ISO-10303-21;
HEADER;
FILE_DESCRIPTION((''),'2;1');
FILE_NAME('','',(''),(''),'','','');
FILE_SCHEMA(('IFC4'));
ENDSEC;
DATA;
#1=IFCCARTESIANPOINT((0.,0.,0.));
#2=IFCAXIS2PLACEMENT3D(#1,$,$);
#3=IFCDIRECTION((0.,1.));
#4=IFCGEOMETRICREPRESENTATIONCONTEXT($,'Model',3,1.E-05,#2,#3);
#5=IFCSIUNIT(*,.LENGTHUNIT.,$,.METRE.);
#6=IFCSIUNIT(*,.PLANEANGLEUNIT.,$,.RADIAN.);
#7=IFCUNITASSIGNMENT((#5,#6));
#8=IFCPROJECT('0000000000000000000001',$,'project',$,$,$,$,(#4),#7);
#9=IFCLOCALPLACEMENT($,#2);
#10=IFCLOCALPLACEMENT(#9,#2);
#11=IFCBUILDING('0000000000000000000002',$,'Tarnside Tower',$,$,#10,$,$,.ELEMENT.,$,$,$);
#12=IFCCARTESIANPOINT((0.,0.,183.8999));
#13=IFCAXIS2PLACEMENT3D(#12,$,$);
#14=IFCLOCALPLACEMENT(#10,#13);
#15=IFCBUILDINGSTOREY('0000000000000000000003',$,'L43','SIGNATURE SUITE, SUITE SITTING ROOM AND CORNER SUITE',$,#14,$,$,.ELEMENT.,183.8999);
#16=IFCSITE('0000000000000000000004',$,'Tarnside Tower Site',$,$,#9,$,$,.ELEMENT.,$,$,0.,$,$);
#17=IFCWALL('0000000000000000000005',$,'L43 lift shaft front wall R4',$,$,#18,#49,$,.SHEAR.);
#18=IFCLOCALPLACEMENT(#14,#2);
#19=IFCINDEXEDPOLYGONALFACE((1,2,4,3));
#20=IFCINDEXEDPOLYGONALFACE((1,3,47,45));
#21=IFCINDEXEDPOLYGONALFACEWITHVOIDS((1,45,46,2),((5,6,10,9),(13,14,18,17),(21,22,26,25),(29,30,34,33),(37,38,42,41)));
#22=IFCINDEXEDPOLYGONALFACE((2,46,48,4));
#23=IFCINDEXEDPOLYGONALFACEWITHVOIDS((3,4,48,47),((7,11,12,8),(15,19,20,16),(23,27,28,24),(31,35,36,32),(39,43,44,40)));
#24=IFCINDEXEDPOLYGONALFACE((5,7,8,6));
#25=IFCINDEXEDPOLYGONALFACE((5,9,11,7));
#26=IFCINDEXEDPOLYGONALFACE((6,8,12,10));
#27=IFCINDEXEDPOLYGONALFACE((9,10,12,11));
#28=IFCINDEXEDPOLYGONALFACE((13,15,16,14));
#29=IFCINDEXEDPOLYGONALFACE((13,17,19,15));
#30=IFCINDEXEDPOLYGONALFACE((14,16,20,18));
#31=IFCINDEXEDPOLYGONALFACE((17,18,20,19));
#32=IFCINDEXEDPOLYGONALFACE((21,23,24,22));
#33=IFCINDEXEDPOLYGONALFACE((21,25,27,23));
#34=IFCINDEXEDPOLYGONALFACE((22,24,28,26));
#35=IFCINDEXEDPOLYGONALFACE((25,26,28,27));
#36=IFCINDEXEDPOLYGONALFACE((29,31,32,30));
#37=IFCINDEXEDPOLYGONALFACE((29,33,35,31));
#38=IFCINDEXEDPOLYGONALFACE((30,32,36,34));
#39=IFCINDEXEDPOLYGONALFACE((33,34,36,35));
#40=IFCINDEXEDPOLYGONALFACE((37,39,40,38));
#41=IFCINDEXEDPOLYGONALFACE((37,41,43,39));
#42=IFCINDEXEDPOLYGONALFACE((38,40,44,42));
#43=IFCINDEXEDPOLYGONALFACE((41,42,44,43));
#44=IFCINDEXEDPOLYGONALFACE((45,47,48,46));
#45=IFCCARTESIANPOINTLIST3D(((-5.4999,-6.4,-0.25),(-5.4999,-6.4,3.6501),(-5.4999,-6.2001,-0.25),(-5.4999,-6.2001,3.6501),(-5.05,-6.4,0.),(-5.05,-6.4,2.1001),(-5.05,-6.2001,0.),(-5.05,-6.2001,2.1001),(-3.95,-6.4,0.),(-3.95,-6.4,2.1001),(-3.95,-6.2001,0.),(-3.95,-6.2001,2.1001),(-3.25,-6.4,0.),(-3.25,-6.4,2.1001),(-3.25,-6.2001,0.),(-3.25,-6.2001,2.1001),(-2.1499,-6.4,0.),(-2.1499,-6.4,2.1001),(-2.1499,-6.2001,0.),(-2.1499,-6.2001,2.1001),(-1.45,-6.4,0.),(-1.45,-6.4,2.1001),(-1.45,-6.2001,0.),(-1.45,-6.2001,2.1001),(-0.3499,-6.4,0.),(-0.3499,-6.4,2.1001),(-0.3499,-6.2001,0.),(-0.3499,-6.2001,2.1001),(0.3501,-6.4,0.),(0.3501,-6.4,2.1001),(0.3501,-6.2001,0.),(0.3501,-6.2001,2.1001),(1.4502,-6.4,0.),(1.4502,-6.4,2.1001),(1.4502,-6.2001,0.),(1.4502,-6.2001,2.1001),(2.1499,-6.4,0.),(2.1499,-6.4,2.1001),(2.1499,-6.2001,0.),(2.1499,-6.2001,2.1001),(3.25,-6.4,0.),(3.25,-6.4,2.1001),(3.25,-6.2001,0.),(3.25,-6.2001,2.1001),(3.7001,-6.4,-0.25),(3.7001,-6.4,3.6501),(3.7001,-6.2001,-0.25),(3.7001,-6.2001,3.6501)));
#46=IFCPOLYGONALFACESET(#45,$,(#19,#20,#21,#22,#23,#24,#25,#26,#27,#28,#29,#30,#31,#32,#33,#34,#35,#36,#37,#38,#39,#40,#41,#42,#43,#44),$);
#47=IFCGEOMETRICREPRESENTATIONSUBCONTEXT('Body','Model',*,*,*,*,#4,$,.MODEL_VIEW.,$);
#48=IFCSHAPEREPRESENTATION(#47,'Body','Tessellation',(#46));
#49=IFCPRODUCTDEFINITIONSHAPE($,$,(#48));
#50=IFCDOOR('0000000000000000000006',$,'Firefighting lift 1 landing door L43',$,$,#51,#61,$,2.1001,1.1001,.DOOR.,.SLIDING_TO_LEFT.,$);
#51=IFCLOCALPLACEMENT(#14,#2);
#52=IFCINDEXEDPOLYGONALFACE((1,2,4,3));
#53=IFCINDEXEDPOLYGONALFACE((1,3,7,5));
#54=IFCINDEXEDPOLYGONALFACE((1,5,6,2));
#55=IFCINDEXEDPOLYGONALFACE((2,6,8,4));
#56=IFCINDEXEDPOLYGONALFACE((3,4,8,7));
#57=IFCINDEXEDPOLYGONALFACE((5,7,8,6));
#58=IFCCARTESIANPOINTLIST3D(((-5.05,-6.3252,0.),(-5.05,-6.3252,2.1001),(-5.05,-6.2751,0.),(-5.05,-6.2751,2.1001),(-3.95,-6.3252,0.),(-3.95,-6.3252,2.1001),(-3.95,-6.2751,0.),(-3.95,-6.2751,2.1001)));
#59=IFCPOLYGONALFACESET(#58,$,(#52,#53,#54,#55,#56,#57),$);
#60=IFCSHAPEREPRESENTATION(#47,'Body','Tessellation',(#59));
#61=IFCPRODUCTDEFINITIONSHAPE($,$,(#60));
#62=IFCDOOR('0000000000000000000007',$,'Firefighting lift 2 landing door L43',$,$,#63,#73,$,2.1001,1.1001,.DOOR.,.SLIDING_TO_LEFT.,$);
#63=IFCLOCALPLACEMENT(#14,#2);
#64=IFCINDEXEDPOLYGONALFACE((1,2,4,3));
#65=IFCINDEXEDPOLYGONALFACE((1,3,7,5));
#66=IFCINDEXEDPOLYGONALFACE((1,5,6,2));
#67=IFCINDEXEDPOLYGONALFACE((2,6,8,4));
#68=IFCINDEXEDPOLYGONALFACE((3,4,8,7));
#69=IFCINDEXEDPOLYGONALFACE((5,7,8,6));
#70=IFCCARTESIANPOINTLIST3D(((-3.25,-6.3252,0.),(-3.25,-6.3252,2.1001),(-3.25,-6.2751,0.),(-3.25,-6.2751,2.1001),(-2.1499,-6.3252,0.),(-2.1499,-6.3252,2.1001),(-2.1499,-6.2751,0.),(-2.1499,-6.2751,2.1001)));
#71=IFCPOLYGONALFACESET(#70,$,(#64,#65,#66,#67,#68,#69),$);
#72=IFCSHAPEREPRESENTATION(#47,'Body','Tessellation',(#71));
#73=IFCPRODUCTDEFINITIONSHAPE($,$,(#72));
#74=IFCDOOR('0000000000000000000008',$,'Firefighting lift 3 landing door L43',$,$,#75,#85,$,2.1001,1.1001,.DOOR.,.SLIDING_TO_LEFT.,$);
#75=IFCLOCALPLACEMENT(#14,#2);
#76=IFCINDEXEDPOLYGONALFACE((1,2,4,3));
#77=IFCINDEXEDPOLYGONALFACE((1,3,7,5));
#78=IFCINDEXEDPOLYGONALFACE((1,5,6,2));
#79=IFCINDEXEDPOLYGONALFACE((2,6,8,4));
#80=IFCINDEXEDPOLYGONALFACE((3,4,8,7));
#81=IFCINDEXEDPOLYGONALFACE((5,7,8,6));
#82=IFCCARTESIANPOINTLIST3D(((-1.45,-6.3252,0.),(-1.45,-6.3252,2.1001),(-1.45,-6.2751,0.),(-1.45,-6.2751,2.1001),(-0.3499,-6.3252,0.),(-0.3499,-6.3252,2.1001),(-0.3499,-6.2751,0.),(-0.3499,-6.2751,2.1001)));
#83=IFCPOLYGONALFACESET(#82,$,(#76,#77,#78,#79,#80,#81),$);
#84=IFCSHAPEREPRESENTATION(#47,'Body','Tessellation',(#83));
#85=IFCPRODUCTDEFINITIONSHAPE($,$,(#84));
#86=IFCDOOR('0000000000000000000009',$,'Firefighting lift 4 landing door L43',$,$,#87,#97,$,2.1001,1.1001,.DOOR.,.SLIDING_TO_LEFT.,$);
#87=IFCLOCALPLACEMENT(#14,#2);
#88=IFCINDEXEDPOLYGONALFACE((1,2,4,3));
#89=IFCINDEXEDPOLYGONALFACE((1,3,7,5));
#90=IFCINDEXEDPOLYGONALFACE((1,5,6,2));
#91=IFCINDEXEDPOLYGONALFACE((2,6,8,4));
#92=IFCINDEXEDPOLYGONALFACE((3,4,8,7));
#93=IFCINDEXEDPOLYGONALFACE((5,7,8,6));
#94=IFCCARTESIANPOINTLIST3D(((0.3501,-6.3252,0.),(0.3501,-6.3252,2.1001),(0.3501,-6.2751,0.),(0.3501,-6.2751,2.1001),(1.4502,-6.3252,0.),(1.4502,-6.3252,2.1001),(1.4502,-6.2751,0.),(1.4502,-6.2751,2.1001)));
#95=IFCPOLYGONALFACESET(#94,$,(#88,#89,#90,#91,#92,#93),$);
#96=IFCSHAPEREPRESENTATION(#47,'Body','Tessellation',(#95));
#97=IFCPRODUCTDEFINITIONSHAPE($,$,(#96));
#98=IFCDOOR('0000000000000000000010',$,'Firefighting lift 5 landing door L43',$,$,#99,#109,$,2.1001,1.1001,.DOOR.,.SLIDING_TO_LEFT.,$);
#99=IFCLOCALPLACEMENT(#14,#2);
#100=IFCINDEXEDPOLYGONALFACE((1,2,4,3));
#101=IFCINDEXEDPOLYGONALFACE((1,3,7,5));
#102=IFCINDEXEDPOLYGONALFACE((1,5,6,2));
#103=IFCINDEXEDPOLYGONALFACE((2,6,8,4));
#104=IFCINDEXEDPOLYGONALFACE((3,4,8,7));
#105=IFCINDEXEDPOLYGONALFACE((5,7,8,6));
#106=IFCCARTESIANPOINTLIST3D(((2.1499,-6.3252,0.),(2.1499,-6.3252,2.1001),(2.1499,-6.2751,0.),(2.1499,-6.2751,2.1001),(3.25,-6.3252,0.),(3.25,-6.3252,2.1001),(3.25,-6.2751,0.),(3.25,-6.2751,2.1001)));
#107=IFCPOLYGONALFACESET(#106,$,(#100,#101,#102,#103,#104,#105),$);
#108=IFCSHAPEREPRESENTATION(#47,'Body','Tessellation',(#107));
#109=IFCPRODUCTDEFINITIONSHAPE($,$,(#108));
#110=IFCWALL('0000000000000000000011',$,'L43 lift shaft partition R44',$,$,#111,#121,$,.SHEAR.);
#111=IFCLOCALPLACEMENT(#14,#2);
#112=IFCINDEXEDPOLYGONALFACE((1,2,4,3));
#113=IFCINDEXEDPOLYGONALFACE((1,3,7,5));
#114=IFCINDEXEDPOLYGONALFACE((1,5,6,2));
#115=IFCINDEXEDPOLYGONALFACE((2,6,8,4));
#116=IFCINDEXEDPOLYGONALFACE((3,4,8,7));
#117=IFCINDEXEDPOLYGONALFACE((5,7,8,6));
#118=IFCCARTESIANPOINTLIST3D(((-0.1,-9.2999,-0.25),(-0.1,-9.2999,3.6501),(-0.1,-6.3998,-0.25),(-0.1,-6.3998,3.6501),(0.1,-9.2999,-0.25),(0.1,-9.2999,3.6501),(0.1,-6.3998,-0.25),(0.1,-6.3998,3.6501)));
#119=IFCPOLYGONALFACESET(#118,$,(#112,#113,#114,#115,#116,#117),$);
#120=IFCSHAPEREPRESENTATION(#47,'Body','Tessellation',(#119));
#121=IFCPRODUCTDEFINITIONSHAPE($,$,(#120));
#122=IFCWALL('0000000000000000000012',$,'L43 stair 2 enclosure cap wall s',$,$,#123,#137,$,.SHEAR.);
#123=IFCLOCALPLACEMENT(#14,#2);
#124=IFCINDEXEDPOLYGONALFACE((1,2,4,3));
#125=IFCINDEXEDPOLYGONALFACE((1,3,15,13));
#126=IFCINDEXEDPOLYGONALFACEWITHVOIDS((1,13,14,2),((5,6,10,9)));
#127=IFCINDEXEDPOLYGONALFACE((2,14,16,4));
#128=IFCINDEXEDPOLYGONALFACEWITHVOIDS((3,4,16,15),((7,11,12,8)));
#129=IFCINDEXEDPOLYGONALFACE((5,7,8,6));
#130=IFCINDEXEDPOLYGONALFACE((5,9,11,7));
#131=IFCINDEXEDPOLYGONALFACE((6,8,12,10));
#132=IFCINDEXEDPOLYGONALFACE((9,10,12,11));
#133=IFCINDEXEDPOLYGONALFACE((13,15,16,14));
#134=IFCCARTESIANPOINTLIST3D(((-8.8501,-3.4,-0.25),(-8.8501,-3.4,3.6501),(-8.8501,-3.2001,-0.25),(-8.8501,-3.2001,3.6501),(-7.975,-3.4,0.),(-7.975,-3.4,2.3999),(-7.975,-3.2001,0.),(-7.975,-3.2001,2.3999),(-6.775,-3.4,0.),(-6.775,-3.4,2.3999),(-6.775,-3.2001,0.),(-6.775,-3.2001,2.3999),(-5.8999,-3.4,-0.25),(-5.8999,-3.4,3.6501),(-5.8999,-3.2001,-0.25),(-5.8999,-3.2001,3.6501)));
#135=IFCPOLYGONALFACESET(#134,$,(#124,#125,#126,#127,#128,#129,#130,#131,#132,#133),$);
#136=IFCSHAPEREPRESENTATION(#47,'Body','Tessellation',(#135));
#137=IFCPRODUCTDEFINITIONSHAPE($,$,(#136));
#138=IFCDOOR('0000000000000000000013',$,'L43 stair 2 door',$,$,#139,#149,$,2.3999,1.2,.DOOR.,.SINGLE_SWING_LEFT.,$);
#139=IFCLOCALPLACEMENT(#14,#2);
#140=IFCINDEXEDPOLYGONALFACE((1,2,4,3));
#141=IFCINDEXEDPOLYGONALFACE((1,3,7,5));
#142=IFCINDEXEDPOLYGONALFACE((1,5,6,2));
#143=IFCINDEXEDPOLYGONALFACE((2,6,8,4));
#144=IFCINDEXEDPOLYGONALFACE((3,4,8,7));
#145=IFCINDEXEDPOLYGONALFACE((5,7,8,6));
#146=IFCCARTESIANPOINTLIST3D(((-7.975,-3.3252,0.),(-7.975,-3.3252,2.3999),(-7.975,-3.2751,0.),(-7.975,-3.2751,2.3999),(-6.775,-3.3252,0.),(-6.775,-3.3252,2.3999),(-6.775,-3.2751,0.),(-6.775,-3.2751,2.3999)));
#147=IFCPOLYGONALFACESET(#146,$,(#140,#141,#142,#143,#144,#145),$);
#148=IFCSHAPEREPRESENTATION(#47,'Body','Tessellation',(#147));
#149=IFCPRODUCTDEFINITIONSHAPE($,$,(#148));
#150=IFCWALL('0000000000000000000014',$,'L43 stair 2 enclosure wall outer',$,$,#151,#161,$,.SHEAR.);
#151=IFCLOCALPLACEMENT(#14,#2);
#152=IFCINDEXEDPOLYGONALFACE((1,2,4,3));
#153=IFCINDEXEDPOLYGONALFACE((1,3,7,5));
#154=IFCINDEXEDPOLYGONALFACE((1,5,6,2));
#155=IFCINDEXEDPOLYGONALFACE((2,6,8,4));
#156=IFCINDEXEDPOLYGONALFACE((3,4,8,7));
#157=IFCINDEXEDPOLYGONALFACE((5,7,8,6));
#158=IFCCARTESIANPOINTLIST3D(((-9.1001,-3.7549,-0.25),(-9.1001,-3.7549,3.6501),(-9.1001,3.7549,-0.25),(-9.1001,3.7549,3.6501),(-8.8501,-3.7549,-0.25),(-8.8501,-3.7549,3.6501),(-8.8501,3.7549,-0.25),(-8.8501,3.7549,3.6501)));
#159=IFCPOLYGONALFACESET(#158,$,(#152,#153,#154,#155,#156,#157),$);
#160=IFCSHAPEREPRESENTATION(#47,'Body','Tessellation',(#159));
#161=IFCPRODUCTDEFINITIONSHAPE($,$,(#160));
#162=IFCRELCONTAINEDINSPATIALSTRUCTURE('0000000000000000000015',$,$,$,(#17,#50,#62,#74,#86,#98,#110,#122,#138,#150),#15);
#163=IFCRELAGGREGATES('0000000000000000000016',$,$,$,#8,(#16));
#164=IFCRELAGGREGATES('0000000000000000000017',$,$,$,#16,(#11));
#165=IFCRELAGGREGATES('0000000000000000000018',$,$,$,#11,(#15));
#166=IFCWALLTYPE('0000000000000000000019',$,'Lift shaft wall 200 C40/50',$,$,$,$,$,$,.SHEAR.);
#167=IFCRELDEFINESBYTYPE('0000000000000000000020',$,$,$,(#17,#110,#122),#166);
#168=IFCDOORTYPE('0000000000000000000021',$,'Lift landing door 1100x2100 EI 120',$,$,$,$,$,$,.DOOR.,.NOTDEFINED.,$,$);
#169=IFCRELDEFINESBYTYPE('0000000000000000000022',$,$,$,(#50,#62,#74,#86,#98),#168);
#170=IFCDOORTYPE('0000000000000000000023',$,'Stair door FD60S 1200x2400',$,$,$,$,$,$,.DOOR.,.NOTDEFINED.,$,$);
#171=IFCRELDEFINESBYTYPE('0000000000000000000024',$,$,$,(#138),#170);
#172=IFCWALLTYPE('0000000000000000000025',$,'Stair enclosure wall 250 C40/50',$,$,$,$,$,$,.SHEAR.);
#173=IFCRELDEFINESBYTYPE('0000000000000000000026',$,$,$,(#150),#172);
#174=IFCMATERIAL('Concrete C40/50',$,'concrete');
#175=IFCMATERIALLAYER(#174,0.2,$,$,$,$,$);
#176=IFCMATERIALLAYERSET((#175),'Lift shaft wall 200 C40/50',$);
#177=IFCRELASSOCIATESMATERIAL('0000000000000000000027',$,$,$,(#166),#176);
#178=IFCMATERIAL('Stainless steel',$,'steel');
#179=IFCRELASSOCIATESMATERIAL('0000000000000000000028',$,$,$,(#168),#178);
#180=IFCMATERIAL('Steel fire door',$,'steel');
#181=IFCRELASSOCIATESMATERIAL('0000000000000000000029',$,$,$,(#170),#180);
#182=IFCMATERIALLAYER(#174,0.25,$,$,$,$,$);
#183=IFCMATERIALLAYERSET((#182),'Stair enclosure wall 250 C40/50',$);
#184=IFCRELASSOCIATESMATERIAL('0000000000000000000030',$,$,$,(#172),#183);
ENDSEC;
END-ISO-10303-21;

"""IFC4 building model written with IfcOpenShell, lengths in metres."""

from ifc_helpers import new_model, si_unit, direction, frame, frame_2d, origin, place, context, subcontext, project, spatial, rectangle, extrude, material, layer, layer_set, type_object, element, fill, save


model = new_model("IFC4")

# Units and contexts
model_context = context("Model", 3, precision=1e-05, world=origin(), true_north=direction((0.0, 1.0)))
body_context = subcontext(model_context, "Body", "Model", "MODEL_VIEW")
ifc_project = project(units=[si_unit("LENGTHUNIT", "METRE"), si_unit("PLANEANGLEUNIT", "RADIAN")], contexts=[model_context])

# Site, building, storey
site_placement = place(None, origin())
site = spatial("IfcSite", under=ifc_project, at=site_placement, Name="Tarnside Tower Site", CompositionType="ELEMENT", RefElevation=0.0)
building_placement = place(site_placement, origin())
building = spatial("IfcBuilding", under=site, at=building_placement, Name="Tarnside Tower", CompositionType="ELEMENT")
storey_placement = place(building_placement, frame((0.0, 0.0, 183.8999)))
storey = spatial("IfcBuildingStorey", under=building, at=storey_placement, Name="L43", Description="SIGNATURE SUITE, SUITE SITTING ROOM AND CORNER SUITE", CompositionType="ELEMENT", Elevation=183.8999)

# Shared definitions
ifc_material_1 = material(Name="Concrete C40/50", Category="concrete")
ifc_material_2 = material(Name="Steel fire door", Category="steel")

# Wall, openings, doors
ifc_layer_1 = layer(ifc_material_1, 0.2)
ifc_layer_set_1 = layer_set([ifc_layer_1], Name="Lift shaft wall 200 C40/50")
wall_type_1 = type_object("IfcWallType", Name="Lift shaft wall 200 C40/50", PredefinedType="SHEAR", material=ifc_layer_set_1)
wall_1_placement = place(storey_placement, frame((-5.5, -6.3, -0.25), z_axis=(0.0, 0.0, 1.0), x_axis=(1.0, 0.0, 0.0)))
wall_1 = element("IfcWall", 1, at=wall_1_placement, inside=storey, type_object=wall_type_1, Name="L43 lift shaft front wall R4", PredefinedType="SHEAR", context=body_context, shape_type="SweptSolid", body=[
    extrude(rectangle(XDim=9.2, YDim=0.2, at=frame_2d((4.6001, 0.0))), origin(), (0.0, 0.0, 1.0), 3.9001),
])
opening_1_placement = place(wall_1_placement, frame((0.45, 0.0, 0.25)))
opening_1 = element("IfcOpeningElement", 2, at=opening_1_placement, cuts=wall_1, PredefinedType="OPENING", context=body_context, shape_type="SweptSolid", body=[
    extrude(rectangle(XDim=1.1001, YDim=2.1001, at=frame_2d((0.55, 1.05))), frame((0.0, 0.1099, 0.0), z_axis=(0.0, -1.0, 0.0), x_axis=(1.0, 0.0, 0.0)), (0.0, 0.0, 1.0), 0.22),
])
opening_2_placement = place(wall_1_placement, frame((2.25, 0.0, 0.25)))
opening_2 = element("IfcOpeningElement", 3, at=opening_2_placement, cuts=wall_1, PredefinedType="OPENING", context=body_context, shape_type="SweptSolid", body=[
    extrude(rectangle(XDim=1.1001, YDim=2.1001, at=frame_2d((0.55, 1.05))), frame((0.0, 0.1099, 0.0), z_axis=(0.0, -1.0, 0.0), x_axis=(1.0, 0.0, 0.0)), (0.0, 0.0, 1.0), 0.22),
])
opening_3_placement = place(wall_1_placement, frame((4.05, 0.0, 0.25)))
opening_3 = element("IfcOpeningElement", 4, at=opening_3_placement, cuts=wall_1, PredefinedType="OPENING", context=body_context, shape_type="SweptSolid", body=[
    extrude(rectangle(XDim=1.1001, YDim=2.1001, at=frame_2d((0.55, 1.05))), frame((0.0, 0.1099, 0.0), z_axis=(0.0, -1.0, 0.0), x_axis=(1.0, 0.0, 0.0)), (0.0, 0.0, 1.0), 0.22),
])
opening_4_placement = place(wall_1_placement, frame((5.8501, 0.0, 0.25)))
opening_4 = element("IfcOpeningElement", 5, at=opening_4_placement, cuts=wall_1, PredefinedType="OPENING", context=body_context, shape_type="SweptSolid", body=[
    extrude(rectangle(XDim=1.1001, YDim=2.1001, at=frame_2d((0.55, 1.05))), frame((0.0, 0.1099, 0.0), z_axis=(0.0, -1.0, 0.0), x_axis=(1.0, 0.0, 0.0)), (0.0, 0.0, 1.0), 0.22),
])
opening_5_placement = place(wall_1_placement, frame((7.6499, 0.0, 0.25)))
opening_5 = element("IfcOpeningElement", 6, at=opening_5_placement, cuts=wall_1, PredefinedType="OPENING", context=body_context, shape_type="SweptSolid", body=[
    extrude(rectangle(XDim=1.1001, YDim=2.1001, at=frame_2d((0.55, 1.05))), frame((0.0, 0.1099, 0.0), z_axis=(0.0, -1.0, 0.0), x_axis=(1.0, 0.0, 0.0)), (0.0, 0.0, 1.0), 0.22),
])
ifc_material_3 = material(Name="Stainless steel", Category="steel")
door_type_1 = type_object("IfcDoorType", Name="Lift landing door 1100x2100 EI 120", OperationType="NOTDEFINED", PredefinedType="DOOR", material=ifc_material_3)
door_1_placement = place(opening_1_placement, origin())
door_1 = element("IfcDoor", 7, at=door_1_placement, inside=storey, type_object=door_type_1, Name="Firefighting lift 1 landing door L43", OperationType="SLIDING_TO_LEFT", OverallHeight=2.1001, OverallWidth=1.1001, PredefinedType="DOOR", context=body_context, shape_type="SweptSolid", body=[
    extrude(rectangle(XDim=1.1001, YDim=2.1001, at=frame_2d((0.55, 1.05))), frame((0.0, 0.0249, 0.0), z_axis=(0.0, -1.0, 0.0), x_axis=(1.0, 0.0, 0.0)), (0.0, 0.0, 1.0), 0.05),
])
fill(opening_1, door_1)
door_2_placement = place(opening_2_placement, origin())
door_2 = element("IfcDoor", 8, at=door_2_placement, inside=storey, type_object=door_type_1, Name="Firefighting lift 2 landing door L43", OperationType="SLIDING_TO_LEFT", OverallHeight=2.1001, OverallWidth=1.1001, PredefinedType="DOOR", context=body_context, shape_type="SweptSolid", body=[
    extrude(rectangle(XDim=1.1001, YDim=2.1001, at=frame_2d((0.55, 1.05))), frame((0.0, 0.0249, 0.0), z_axis=(0.0, -1.0, 0.0), x_axis=(1.0, 0.0, 0.0)), (0.0, 0.0, 1.0), 0.05),
])
fill(opening_2, door_2)
door_3_placement = place(opening_3_placement, origin())
door_3 = element("IfcDoor", 9, at=door_3_placement, inside=storey, type_object=door_type_1, Name="Firefighting lift 3 landing door L43", OperationType="SLIDING_TO_LEFT", OverallHeight=2.1001, OverallWidth=1.1001, PredefinedType="DOOR", context=body_context, shape_type="SweptSolid", body=[
    extrude(rectangle(XDim=1.1001, YDim=2.1001, at=frame_2d((0.55, 1.05))), frame((0.0, 0.0249, 0.0), z_axis=(0.0, -1.0, 0.0), x_axis=(1.0, 0.0, 0.0)), (0.0, 0.0, 1.0), 0.05),
])
fill(opening_3, door_3)
door_4_placement = place(opening_4_placement, origin())
door_4 = element("IfcDoor", 10, at=door_4_placement, inside=storey, type_object=door_type_1, Name="Firefighting lift 4 landing door L43", OperationType="SLIDING_TO_LEFT", OverallHeight=2.1001, OverallWidth=1.1001, PredefinedType="DOOR", context=body_context, shape_type="SweptSolid", body=[
    extrude(rectangle(XDim=1.1001, YDim=2.1001, at=frame_2d((0.55, 1.05))), frame((0.0, 0.0249, 0.0), z_axis=(0.0, -1.0, 0.0), x_axis=(1.0, 0.0, 0.0)), (0.0, 0.0, 1.0), 0.05),
])
fill(opening_4, door_4)
door_5_placement = place(opening_5_placement, origin())
door_5 = element("IfcDoor", 11, at=door_5_placement, inside=storey, type_object=door_type_1, Name="Firefighting lift 5 landing door L43", OperationType="SLIDING_TO_LEFT", OverallHeight=2.1001, OverallWidth=1.1001, PredefinedType="DOOR", context=body_context, shape_type="SweptSolid", body=[
    extrude(rectangle(XDim=1.1001, YDim=2.1001, at=frame_2d((0.55, 1.05))), frame((0.0, 0.0249, 0.0), z_axis=(0.0, -1.0, 0.0), x_axis=(1.0, 0.0, 0.0)), (0.0, 0.0, 1.0), 0.05),
])
fill(opening_5, door_5)

# Wall
wall_2_placement = place(storey_placement, frame((0.0, -9.3, -0.25), z_axis=(0.0, 0.0, 1.0), x_axis=(0.0, 1.0, 0.0)))
element("IfcWall", 12, at=wall_2_placement, inside=storey, type_object=wall_type_1, Name="L43 lift shaft partition R44", PredefinedType="SHEAR", context=body_context, shape_type="SweptSolid", body=[
    extrude(rectangle(XDim=2.9001, YDim=0.2, at=frame_2d((1.4502, 0.0))), origin(), (0.0, 0.0, 1.0), 3.9001),
])

# Wall, opening, door
wall_3_placement = place(storey_placement, frame((-8.8501, -3.3, -0.25), z_axis=(0.0, 0.0, 1.0), x_axis=(1.0, 0.0, 0.0)))
wall_3 = element("IfcWall", 13, at=wall_3_placement, inside=storey, type_object=wall_type_1, Name="L43 stair 2 enclosure cap wall s", PredefinedType="SHEAR", context=body_context, shape_type="SweptSolid", body=[
    extrude(rectangle(XDim=2.9502, YDim=0.2, at=frame_2d((1.4751, 0.0))), origin(), (0.0, 0.0, 1.0), 3.9001),
])
opening_6_placement = place(wall_3_placement, frame((0.875, 0.0, 0.25)))
opening_6 = element("IfcOpeningElement", 14, at=opening_6_placement, cuts=wall_3, PredefinedType="OPENING", context=body_context, shape_type="SweptSolid", body=[
    extrude(rectangle(XDim=1.2, YDim=2.3999, at=frame_2d((0.6001, 1.2))), frame((0.0, 0.1099, 0.0), z_axis=(0.0, -1.0, 0.0), x_axis=(1.0, 0.0, 0.0)), (0.0, 0.0, 1.0), 0.22),
])
door_type_2 = type_object("IfcDoorType", Name="Stair door FD60S 1200x2400", OperationType="NOTDEFINED", PredefinedType="DOOR", material=ifc_material_2)
door_6_placement = place(opening_6_placement, origin())
door_6 = element("IfcDoor", 15, at=door_6_placement, inside=storey, type_object=door_type_2, Name="L43 stair 2 door", OperationType="SINGLE_SWING_LEFT", OverallHeight=2.3999, OverallWidth=1.2, PredefinedType="DOOR", context=body_context, shape_type="SweptSolid", body=[
    extrude(rectangle(XDim=1.2, YDim=2.3999, at=frame_2d((0.6001, 1.2))), frame((0.0, 0.0249, 0.0), z_axis=(0.0, -1.0, 0.0), x_axis=(1.0, 0.0, 0.0)), (0.0, 0.0, 1.0), 0.05),
])
fill(opening_6, door_6)

# Wall
ifc_layer_2 = layer(ifc_material_1, 0.25)
ifc_layer_set_2 = layer_set([ifc_layer_2], Name="Stair enclosure wall 250 C40/50")
wall_type_2 = type_object("IfcWallType", Name="Stair enclosure wall 250 C40/50", PredefinedType="SHEAR", material=ifc_layer_set_2)
wall_4_placement = place(storey_placement, frame((-8.9751, -3.7549, -0.25), z_axis=(0.0, 0.0, 1.0), x_axis=(0.0, 1.0, 0.0)))
element("IfcWall", 16, at=wall_4_placement, inside=storey, type_object=wall_type_2, Name="L43 stair 2 enclosure wall outer", PredefinedType="SHEAR", context=body_context, shape_type="SweptSolid", body=[
    extrude(rectangle(XDim=7.5098, YDim=0.25, at=frame_2d((3.7549, 0.0))), origin(), (0.0, 0.0, 1.0), 3.9001),
])

save(model, "model.ifc")
